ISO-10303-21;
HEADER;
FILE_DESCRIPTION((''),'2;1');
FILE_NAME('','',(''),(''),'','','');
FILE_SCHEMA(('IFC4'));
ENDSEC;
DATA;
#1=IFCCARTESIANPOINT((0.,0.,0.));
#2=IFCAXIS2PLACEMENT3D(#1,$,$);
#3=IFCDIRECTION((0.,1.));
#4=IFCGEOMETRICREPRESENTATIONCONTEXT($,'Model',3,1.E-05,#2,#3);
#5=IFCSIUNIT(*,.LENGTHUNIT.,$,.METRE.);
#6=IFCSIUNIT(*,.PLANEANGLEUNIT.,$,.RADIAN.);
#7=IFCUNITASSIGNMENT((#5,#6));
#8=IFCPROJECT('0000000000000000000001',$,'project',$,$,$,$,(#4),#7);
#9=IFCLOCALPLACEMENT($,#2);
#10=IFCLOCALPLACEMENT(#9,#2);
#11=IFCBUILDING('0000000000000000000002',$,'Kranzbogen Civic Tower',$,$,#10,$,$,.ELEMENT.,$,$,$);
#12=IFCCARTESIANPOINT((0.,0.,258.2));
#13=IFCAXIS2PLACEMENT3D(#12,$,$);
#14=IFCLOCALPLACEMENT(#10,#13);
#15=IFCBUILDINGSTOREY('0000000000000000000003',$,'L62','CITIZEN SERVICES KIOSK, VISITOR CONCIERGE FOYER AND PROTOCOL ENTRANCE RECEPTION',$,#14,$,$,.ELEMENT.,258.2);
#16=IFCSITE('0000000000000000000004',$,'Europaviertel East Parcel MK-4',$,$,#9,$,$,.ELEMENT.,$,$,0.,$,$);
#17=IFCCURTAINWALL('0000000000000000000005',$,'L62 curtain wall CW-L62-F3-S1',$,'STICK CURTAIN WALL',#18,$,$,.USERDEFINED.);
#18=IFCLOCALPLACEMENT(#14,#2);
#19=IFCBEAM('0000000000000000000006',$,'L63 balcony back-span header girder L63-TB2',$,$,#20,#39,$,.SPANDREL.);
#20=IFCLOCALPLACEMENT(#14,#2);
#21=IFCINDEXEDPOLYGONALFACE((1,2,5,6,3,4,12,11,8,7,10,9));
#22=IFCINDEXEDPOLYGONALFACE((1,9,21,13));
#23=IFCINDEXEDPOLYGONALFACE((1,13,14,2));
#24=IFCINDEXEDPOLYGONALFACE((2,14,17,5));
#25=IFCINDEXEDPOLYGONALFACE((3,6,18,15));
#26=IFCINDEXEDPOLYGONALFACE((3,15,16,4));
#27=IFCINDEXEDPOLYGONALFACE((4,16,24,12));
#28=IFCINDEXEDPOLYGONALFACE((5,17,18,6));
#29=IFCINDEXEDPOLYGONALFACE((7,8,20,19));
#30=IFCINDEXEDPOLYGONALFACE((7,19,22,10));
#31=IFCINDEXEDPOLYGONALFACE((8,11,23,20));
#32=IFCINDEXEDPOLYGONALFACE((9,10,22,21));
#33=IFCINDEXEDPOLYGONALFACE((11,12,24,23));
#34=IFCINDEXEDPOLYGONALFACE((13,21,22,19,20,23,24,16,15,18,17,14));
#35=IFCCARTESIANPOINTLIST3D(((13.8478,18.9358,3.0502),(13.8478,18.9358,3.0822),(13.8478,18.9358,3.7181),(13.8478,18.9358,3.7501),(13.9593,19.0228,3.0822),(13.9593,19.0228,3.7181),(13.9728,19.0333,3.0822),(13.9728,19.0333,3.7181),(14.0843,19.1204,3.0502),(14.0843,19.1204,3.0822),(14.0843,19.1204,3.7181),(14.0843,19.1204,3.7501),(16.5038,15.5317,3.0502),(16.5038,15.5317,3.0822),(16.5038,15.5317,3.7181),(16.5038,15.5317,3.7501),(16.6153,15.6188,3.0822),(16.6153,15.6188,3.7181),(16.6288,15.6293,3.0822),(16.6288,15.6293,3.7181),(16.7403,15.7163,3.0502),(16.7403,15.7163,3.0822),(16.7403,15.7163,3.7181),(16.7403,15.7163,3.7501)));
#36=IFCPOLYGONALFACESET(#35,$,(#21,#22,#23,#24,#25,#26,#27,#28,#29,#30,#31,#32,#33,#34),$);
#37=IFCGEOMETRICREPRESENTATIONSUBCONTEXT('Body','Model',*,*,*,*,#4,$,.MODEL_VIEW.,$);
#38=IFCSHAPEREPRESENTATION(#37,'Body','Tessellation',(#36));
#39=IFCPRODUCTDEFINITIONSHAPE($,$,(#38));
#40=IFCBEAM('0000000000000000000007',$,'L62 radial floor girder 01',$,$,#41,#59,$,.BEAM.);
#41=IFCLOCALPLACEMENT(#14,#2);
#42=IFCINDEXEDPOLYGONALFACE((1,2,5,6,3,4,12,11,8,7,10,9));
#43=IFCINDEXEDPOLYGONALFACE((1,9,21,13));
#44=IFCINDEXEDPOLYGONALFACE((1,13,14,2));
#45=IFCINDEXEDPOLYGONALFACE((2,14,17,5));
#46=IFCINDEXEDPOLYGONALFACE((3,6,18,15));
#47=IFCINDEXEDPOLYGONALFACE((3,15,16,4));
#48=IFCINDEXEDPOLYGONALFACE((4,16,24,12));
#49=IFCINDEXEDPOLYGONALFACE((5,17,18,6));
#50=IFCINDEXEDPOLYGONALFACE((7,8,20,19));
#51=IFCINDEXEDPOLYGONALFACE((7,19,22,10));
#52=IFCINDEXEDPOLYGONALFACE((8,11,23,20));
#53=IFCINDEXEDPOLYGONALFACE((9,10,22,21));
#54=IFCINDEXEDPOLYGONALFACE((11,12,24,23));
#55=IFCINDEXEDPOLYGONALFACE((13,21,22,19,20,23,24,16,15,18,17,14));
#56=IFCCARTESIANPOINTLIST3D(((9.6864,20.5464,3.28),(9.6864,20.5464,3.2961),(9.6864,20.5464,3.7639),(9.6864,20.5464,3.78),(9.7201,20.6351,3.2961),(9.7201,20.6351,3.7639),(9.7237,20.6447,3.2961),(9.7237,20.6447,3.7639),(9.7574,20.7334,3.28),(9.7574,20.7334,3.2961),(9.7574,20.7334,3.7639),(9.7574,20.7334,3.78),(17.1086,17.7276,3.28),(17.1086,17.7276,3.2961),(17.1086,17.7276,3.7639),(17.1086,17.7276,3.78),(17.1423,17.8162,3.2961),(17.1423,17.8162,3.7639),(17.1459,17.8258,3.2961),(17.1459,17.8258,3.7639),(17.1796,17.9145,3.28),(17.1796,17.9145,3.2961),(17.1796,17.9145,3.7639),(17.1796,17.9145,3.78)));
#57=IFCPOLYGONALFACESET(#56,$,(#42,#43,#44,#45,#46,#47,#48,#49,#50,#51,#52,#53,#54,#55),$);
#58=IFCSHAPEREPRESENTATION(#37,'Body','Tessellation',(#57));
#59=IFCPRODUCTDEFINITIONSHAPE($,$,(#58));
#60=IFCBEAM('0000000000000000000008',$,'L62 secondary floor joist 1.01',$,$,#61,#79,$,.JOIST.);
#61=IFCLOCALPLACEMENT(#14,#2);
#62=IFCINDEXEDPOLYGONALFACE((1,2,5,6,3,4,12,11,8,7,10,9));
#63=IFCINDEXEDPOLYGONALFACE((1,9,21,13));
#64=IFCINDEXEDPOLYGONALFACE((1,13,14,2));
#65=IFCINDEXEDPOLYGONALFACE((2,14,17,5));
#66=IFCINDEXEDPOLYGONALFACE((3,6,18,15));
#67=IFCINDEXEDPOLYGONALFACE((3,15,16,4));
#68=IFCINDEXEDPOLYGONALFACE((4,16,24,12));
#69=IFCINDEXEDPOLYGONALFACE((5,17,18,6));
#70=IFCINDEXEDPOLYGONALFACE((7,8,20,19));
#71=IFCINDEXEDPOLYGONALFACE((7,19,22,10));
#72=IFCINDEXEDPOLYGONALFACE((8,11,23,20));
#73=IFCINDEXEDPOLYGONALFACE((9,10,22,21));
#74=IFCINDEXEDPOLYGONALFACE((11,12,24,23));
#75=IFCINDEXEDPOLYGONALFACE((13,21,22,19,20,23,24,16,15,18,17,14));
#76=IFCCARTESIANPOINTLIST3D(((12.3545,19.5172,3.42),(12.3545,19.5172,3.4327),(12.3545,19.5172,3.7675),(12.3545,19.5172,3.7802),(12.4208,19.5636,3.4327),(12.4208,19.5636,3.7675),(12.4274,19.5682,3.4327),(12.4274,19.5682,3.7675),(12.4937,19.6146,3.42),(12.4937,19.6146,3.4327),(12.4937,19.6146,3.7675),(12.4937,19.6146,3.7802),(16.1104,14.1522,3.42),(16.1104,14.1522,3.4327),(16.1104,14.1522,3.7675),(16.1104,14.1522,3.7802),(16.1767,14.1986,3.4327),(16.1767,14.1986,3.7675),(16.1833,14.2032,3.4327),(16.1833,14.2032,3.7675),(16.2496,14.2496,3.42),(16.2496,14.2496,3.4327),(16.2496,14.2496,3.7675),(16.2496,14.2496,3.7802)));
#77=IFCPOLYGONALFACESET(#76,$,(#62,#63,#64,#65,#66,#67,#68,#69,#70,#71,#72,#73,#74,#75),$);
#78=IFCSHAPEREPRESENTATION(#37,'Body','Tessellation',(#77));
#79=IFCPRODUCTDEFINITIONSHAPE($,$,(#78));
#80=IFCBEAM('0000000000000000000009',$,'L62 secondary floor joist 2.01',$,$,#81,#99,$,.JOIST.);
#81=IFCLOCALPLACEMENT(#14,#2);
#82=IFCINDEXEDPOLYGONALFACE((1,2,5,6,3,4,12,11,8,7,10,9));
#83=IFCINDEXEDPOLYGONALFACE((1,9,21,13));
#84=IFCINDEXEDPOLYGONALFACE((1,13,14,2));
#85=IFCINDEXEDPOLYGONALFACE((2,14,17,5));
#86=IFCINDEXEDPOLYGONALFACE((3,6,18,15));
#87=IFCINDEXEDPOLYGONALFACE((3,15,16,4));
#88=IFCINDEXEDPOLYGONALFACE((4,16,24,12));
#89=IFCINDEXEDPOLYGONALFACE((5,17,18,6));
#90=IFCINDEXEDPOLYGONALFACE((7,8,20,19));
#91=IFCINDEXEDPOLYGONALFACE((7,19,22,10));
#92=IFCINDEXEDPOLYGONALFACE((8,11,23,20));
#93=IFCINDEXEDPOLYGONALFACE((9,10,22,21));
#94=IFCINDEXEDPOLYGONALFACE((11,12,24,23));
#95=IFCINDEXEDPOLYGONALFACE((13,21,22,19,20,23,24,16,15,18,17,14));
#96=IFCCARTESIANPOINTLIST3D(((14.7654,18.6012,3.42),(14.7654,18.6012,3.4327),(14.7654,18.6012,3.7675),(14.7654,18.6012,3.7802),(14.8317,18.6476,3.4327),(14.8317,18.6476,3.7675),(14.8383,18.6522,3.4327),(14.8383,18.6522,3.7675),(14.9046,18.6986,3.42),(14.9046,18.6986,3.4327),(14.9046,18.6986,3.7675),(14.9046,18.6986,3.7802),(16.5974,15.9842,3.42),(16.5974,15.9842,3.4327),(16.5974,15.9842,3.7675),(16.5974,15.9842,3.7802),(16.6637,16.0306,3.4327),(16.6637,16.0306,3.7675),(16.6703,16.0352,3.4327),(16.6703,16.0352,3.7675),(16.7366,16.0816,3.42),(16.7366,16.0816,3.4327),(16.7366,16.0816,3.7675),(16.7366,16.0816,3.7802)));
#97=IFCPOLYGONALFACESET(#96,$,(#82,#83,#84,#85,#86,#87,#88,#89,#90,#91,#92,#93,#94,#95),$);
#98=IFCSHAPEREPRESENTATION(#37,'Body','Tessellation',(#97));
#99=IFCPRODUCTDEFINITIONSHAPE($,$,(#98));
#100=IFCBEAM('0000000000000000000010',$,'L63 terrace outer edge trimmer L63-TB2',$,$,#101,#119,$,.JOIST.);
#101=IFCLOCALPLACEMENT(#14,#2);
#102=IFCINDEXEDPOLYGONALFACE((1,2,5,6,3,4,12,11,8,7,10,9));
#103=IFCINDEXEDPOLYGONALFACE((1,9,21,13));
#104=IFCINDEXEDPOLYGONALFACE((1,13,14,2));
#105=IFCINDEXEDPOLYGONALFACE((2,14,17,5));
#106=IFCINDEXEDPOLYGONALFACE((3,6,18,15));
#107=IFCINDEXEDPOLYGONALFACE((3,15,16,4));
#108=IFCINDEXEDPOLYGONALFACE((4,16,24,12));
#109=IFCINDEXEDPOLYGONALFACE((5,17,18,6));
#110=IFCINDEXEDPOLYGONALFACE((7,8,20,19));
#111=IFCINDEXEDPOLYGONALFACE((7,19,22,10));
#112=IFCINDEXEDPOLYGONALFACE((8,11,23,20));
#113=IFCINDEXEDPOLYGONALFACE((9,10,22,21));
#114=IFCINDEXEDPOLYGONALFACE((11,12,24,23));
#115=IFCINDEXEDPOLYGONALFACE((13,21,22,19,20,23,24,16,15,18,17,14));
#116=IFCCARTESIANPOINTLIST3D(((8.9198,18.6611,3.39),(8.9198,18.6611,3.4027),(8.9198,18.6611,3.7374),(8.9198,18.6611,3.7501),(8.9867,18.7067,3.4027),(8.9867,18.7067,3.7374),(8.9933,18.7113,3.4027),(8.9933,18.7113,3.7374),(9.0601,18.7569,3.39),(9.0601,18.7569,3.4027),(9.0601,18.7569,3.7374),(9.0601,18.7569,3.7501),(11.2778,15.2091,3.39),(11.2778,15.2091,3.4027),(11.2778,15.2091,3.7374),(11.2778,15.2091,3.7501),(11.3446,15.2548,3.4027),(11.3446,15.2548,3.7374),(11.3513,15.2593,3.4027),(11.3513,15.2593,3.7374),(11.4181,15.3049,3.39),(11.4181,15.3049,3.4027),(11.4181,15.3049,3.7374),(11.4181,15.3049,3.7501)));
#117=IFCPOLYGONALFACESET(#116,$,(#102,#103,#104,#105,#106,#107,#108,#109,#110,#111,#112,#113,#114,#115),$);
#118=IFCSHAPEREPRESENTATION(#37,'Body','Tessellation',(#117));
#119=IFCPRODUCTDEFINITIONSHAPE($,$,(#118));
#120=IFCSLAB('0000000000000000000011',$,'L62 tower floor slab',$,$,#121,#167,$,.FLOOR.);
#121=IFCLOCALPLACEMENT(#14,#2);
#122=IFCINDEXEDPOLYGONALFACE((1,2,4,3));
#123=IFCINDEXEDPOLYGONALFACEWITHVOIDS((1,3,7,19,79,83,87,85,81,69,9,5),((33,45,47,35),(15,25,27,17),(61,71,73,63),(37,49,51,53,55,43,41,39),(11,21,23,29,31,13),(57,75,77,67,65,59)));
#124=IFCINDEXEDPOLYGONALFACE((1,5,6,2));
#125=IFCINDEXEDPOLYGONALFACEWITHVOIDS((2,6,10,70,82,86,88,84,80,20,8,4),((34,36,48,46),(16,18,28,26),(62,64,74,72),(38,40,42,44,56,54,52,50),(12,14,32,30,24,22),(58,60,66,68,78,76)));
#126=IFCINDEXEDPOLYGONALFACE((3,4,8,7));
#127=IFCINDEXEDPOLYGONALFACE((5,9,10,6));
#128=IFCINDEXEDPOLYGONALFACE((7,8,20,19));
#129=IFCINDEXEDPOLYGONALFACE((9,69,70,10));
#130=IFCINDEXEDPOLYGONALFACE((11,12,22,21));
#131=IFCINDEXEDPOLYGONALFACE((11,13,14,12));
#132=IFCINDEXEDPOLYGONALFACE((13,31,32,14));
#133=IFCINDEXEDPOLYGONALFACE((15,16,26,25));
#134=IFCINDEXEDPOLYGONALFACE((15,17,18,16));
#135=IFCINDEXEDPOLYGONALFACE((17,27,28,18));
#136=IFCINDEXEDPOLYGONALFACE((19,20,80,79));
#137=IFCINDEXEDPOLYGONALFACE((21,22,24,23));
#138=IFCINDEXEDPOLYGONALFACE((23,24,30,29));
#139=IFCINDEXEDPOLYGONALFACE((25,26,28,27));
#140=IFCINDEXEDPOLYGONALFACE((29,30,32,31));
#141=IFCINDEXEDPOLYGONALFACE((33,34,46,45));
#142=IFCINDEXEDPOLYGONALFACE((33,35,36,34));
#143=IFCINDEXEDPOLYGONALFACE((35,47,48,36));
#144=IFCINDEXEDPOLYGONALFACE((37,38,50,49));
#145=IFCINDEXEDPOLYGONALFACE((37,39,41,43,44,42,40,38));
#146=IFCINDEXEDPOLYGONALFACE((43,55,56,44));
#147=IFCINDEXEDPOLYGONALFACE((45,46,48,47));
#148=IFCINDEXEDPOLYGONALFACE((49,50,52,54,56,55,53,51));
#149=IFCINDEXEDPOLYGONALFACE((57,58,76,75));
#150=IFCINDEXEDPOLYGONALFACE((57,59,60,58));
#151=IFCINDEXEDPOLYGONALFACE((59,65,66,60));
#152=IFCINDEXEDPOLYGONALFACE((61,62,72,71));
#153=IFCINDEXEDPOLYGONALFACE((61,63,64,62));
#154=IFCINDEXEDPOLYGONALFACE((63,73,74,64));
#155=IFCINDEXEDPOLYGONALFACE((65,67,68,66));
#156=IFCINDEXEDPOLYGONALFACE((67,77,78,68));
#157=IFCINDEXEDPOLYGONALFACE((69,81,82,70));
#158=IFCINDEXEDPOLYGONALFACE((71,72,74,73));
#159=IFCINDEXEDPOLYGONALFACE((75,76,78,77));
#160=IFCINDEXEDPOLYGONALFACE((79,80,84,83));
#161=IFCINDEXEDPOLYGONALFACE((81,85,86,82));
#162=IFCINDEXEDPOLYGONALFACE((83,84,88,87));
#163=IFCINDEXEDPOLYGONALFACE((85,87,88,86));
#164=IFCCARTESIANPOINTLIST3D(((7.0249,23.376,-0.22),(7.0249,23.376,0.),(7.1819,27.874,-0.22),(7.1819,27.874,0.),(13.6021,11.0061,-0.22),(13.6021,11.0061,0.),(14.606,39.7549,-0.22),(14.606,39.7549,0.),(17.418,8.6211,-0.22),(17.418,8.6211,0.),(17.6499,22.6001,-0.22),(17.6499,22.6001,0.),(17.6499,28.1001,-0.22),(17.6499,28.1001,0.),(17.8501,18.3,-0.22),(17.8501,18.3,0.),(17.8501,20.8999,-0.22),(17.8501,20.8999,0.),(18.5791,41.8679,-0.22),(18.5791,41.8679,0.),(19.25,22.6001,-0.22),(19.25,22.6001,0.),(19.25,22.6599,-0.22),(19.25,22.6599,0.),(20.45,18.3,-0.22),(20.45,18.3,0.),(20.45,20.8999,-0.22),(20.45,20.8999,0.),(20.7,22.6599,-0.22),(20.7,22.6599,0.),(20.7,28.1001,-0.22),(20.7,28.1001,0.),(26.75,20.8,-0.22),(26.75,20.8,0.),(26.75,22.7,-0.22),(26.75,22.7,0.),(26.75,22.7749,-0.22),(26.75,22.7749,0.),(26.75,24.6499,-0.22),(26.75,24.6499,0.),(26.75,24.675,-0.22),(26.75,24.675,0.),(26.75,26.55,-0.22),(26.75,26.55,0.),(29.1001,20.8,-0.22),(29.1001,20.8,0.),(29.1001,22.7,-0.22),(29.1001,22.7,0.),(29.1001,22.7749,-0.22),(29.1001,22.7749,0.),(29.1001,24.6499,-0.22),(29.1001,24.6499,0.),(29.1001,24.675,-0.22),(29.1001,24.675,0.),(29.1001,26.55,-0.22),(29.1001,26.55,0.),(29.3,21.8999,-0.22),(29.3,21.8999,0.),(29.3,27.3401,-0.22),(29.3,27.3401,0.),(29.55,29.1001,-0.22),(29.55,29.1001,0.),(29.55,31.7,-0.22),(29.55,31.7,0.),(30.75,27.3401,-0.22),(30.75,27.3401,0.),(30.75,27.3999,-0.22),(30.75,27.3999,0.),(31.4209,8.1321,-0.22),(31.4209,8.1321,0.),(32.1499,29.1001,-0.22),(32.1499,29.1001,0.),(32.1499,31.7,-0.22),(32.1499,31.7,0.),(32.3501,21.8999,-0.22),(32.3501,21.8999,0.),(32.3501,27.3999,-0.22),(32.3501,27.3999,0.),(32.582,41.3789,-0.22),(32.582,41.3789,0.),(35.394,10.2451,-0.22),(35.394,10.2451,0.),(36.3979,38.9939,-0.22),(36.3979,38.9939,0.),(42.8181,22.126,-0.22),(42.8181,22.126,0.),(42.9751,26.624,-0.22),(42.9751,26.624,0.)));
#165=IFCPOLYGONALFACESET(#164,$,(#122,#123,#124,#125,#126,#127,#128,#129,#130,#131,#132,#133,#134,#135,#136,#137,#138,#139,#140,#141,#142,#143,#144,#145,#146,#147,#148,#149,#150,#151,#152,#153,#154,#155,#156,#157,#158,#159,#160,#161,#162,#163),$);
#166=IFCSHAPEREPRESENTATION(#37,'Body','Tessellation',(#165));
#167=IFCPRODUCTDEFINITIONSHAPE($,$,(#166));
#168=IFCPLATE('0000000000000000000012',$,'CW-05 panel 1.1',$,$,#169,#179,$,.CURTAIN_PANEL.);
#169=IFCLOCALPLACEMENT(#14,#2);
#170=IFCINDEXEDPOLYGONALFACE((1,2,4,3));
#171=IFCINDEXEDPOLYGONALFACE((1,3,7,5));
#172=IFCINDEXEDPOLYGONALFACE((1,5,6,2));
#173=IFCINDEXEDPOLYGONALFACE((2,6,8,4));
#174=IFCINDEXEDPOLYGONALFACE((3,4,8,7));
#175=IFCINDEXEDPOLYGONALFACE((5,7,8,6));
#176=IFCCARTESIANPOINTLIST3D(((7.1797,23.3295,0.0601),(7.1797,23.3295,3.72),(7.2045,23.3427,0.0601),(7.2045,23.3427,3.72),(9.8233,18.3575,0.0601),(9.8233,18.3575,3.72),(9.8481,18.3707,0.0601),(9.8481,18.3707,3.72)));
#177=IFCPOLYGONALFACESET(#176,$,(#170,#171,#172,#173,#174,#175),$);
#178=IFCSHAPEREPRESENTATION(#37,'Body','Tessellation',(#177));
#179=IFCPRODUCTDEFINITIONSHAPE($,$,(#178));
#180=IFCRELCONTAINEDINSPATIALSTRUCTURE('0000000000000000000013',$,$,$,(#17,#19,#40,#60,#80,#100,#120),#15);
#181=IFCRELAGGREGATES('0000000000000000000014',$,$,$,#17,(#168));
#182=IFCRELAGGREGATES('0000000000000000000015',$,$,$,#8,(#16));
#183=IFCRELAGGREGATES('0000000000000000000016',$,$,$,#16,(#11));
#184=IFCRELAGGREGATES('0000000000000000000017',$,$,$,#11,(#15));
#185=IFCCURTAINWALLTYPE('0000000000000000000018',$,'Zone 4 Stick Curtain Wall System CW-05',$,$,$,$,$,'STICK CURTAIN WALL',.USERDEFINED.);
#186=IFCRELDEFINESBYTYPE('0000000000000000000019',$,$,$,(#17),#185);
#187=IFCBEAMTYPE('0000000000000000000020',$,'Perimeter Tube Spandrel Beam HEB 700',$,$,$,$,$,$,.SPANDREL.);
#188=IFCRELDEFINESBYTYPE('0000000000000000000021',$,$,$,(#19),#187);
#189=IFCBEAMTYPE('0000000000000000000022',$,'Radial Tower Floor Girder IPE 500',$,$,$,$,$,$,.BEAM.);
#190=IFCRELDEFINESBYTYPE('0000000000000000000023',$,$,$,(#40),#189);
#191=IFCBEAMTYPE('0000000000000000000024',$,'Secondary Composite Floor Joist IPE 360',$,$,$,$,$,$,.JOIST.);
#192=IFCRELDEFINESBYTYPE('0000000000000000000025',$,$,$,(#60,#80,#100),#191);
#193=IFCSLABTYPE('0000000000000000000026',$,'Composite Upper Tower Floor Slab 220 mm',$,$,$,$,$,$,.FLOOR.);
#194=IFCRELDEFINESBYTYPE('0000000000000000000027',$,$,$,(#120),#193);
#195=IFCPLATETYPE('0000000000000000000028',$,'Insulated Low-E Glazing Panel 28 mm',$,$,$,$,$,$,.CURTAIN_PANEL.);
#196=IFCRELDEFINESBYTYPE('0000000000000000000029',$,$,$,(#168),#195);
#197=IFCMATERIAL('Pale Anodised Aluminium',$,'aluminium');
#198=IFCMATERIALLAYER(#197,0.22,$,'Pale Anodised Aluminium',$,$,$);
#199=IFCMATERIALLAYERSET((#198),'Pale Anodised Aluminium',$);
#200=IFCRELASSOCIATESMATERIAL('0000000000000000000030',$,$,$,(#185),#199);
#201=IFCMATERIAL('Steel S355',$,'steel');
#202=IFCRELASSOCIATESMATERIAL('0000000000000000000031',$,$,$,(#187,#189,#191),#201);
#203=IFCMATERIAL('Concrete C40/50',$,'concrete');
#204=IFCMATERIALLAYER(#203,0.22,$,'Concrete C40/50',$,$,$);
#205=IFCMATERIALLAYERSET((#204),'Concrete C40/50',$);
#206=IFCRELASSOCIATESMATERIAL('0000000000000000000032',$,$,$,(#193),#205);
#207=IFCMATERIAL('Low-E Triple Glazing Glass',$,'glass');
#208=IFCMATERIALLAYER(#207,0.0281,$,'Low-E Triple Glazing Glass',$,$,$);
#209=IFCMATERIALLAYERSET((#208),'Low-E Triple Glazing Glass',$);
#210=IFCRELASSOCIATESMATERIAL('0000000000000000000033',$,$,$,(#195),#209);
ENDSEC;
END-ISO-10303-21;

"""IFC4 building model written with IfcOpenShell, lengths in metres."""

from ifc_helpers import new_model, si_unit, direction, frame, origin, origin_2d, place, context, subcontext, project, spatial, polyline, rectangle, i_section, outline, extrude, material, layer, layer_set, material_profile, profile_set, type_object, element, aggregate, save


model = new_model("IFC4")

# Units and contexts
model_context = context("Model", 3, precision=1e-05, world=origin(), true_north=direction((0.0, 1.0)))
body_context = subcontext(model_context, "Body", "Model", "MODEL_VIEW")
ifc_project = project(units=[si_unit("LENGTHUNIT", "METRE"), si_unit("PLANEANGLEUNIT", "RADIAN")], contexts=[model_context])

# Site, building, storey
site_placement = place(None, origin())
site = spatial("IfcSite", under=ifc_project, at=site_placement, Name="Europaviertel East Parcel MK-4", CompositionType="ELEMENT", RefElevation=0.0)
building_placement = place(site_placement, origin())
building = spatial("IfcBuilding", under=site, at=building_placement, Name="Kranzbogen Civic Tower", CompositionType="ELEMENT")
storey_placement = place(building_placement, frame((0.0, 0.0, 258.2)))
storey = spatial("IfcBuildingStorey", under=building, at=storey_placement, Name="L62", Description="CITIZEN SERVICES KIOSK, VISITOR CONCIERGE FOYER AND PROTOCOL ENTRANCE RECEPTION", CompositionType="ELEMENT", Elevation=258.2)

# Shared definitions
ifc_material_1 = material(Name="Steel S355", Category="steel")

# Curtain wall
ifc_material_2 = material(Name="Pale Anodised Aluminium", Category="aluminium")
ifc_layer_1 = layer(ifc_material_2, 0.22, Name="Pale Anodised Aluminium")
ifc_layer_set_1 = layer_set([ifc_layer_1], Name="Pale Anodised Aluminium")
curtain_wall_type = type_object("IfcCurtainWallType", Name="Zone 4 Stick Curtain Wall System CW-05", ElementType="STICK CURTAIN WALL", PredefinedType="USERDEFINED", material=ifc_layer_set_1)
curtain_wall_1_placement = place(storey_placement, origin())
curtain_wall_1 = element("IfcCurtainWall", 1, at=curtain_wall_1_placement, inside=storey, type_object=curtain_wall_type, Name="L62 curtain wall CW-L62-F3-S1", ObjectType="STICK CURTAIN WALL", PredefinedType="USERDEFINED")

# Beams
ifc_material_profile_1 = material_profile(ifc_material_1, i_section(OverallWidth=0.3, OverallDepth=0.7, WebThickness=0.0171, FlangeThickness=0.032, at=origin_2d()), Name="HEB 700")
ifc_profile_set_1 = profile_set([ifc_material_profile_1], Name="Steel S355")
beam_type_1 = type_object("IfcBeamType", Name="Perimeter Tube Spandrel Beam HEB 700", PredefinedType="SPANDREL", material=ifc_profile_set_1)
beam_1_placement = place(storey_placement, frame((13.9661, 19.0281, 3.4001), z_axis=(0.615153, -0.788407, 0.0), x_axis=(0.788407, 0.615153, 0.0)))
element("IfcBeam", 2, at=beam_1_placement, inside=storey, type_object=beam_type_1, Name="L63 balcony back-span header girder L63-TB2", PredefinedType="SPANDREL", context=body_context, shape_type="SweptSolid", body=[
    extrude(i_section(OverallWidth=0.3, OverallDepth=0.7, WebThickness=0.0171, FlangeThickness=0.032, at=origin_2d()), origin(), (0.0, 0.0, 1.0), 4.3176),
])
ifc_material_profile_2 = material_profile(ifc_material_1, i_section(OverallWidth=0.2, OverallDepth=0.5, WebThickness=0.0103, FlangeThickness=0.0161, at=origin_2d()), Name="IPE 500")
ifc_profile_set_2 = profile_set([ifc_material_profile_2], Name="Steel S355")
beam_type_2 = type_object("IfcBeamType", Name="Radial Tower Floor Girder IPE 500", PredefinedType="BEAM", material=ifc_profile_set_2)
beam_2_placement = place(storey_placement, frame((9.7219, 20.6399, 3.53), z_axis=(0.934849, -0.355046, 0.0), x_axis=(0.355046, 0.934849, 0.0)))
element("IfcBeam", 3, at=beam_2_placement, inside=storey, type_object=beam_type_2, Name="L62 radial floor girder 01", PredefinedType="BEAM", context=body_context, shape_type="SweptSolid", body=[
    extrude(i_section(OverallWidth=0.2, OverallDepth=0.5, WebThickness=0.0103, FlangeThickness=0.0161, at=origin_2d()), origin(), (0.0, 0.0, 1.0), 7.9395),
])
ifc_material_profile_3 = material_profile(ifc_material_1, i_section(OverallWidth=0.1699, OverallDepth=0.3601, WebThickness=0.0081, FlangeThickness=0.0127, at=origin_2d()), Name="IPE 360")
ifc_profile_set_3 = profile_set([ifc_material_profile_3], Name="Steel S355")
beam_type_3 = type_object("IfcBeamType", Name="Secondary Composite Floor Joist IPE 360", PredefinedType="JOIST", material=ifc_profile_set_3)
beam_3_placement = place(storey_placement, frame((12.4241, 19.5659, 3.6001), z_axis=(0.5735, -0.819206, 0.0), x_axis=(0.819206, 0.5735, 0.0)))
element("IfcBeam", 4, at=beam_3_placement, inside=storey, type_object=beam_type_3, Name="L62 secondary floor joist 1.01", PredefinedType="JOIST", context=body_context, shape_type="SweptSolid", body=[
    extrude(i_section(OverallWidth=0.1699, OverallDepth=0.3601, WebThickness=0.0081, FlangeThickness=0.0127, at=origin_2d()), origin(), (0.0, 0.0, 1.0), 6.5491),
])
beam_4_placement = place(storey_placement, frame((14.835, 18.6499, 3.6001), z_axis=(0.573498, -0.819207, 0.0), x_axis=(0.819207, 0.573498, 0.0)))
element("IfcBeam", 5, at=beam_4_placement, inside=storey, type_object=beam_type_3, Name="L62 secondary floor joist 2.01", PredefinedType="JOIST", context=body_context, shape_type="SweptSolid", body=[
    extrude(i_section(OverallWidth=0.1699, OverallDepth=0.3601, WebThickness=0.0081, FlangeThickness=0.0127, at=origin_2d()), origin(), (0.0, 0.0, 1.0), 3.1946),
])
beam_5_placement = place(storey_placement, frame((8.99, 18.709, 3.5701), z_axis=(0.564045, -0.825744, 0.0), x_axis=(0.825744, 0.564045, 0.0)))
element("IfcBeam", 6, at=beam_5_placement, inside=storey, type_object=beam_type_3, Name="L63 terrace outer edge trimmer L63-TB2", PredefinedType="JOIST", context=body_context, shape_type="SweptSolid", body=[
    extrude(i_section(OverallWidth=0.1699, OverallDepth=0.3601, WebThickness=0.0081, FlangeThickness=0.0127, at=origin_2d()), origin(), (0.0, 0.0, 1.0), 4.1804),
])

# Slab
ifc_material_3 = material(Name="Concrete C40/50", Category="concrete")
ifc_layer_2 = layer(ifc_material_3, 0.22, Name="Concrete C40/50")
ifc_layer_set_2 = layer_set([ifc_layer_2], Name="Concrete C40/50")
slab_type_1 = type_object("IfcSlabType", Name="Composite Upper Tower Floor Slab 220 mm", PredefinedType="FLOOR", material=ifc_layer_set_2)
slab_1_placement = place(storey_placement, frame((0.0, 0.0, -0.22)))
element("IfcSlab", 7, at=slab_1_placement, inside=storey, type_object=slab_type_1, Name="L62 tower floor slab", PredefinedType="FLOOR", context=body_context, shape_type="SweptSolid", body=[
    extrude(outline(polyline([(32.582, 41.3789), (18.5791, 41.8679), (14.606, 39.7549), (7.1819, 27.874), (7.0249, 23.376), (13.6021, 11.0061), (17.418, 8.6211), (31.4209, 8.1321), (35.394, 10.2451), (42.8181, 22.126), (42.9751, 26.624), (36.3979, 38.9939), (32.582, 41.3789)]), holes=[polyline([(17.8501, 20.8999), (20.45, 20.8999), (20.45, 18.3), (17.8501, 18.3), (17.8501, 20.8999)]), polyline([(29.1001, 22.7), (29.1001, 20.8), (26.75, 20.8), (26.75, 22.7), (29.1001, 22.7)]), polyline([(29.1001, 24.6499), (29.1001, 22.7749), (26.75, 22.7749), (26.75, 24.6499), (26.75, 24.675), (26.75, 26.55), (29.1001, 26.55), (29.1001, 24.675), (29.1001, 24.6499)]), polyline([(29.3, 27.3401), (30.75, 27.3401), (30.75, 27.3999), (32.3501, 27.3999), (32.3501, 21.8999), (29.3, 21.8999), (29.3, 27.3401)]), polyline([(20.7, 22.6599), (19.25, 22.6599), (19.25, 22.6001), (17.6499, 22.6001), (17.6499, 28.1001), (20.7, 28.1001), (20.7, 22.6599)]), polyline([(32.1499, 31.7), (32.1499, 29.1001), (29.55, 29.1001), (29.55, 31.7), (32.1499, 31.7)])]), origin(), (0.0, 0.0, 1.0), 0.22),
])

# Plate
ifc_material_4 = material(Name="Low-E Triple Glazing Glass", Category="glass")
ifc_layer_3 = layer(ifc_material_4, 0.0281, Name="Low-E Triple Glazing Glass")
ifc_layer_set_3 = layer_set([ifc_layer_3], Name="Low-E Triple Glazing Glass")
plate_type = type_object("IfcPlateType", Name="Insulated Low-E Glazing Panel 28 mm", PredefinedType="CURTAIN_PANEL", material=ifc_layer_set_3)
plate_1_placement = place(storey_placement, frame((8.5139, 20.8501, 0.0601), z_axis=(0.0, 0.0, 1.0), x_axis=(0.469469, -0.882949, 0.0)))
plate_1 = element("IfcPlate", 8, at=plate_1_placement, type_object=plate_type, Name="CW-05 panel 1.1", PredefinedType="CURTAIN_PANEL", context=body_context, shape_type="SweptSolid", body=[
    extrude(rectangle(XDim=5.6311, YDim=0.0281, at=origin_2d()), origin(), (0.0, 0.0, 1.0), 3.6599),
])
aggregate(curtain_wall_1, [plate_1])

save(model, "model.ifc")
